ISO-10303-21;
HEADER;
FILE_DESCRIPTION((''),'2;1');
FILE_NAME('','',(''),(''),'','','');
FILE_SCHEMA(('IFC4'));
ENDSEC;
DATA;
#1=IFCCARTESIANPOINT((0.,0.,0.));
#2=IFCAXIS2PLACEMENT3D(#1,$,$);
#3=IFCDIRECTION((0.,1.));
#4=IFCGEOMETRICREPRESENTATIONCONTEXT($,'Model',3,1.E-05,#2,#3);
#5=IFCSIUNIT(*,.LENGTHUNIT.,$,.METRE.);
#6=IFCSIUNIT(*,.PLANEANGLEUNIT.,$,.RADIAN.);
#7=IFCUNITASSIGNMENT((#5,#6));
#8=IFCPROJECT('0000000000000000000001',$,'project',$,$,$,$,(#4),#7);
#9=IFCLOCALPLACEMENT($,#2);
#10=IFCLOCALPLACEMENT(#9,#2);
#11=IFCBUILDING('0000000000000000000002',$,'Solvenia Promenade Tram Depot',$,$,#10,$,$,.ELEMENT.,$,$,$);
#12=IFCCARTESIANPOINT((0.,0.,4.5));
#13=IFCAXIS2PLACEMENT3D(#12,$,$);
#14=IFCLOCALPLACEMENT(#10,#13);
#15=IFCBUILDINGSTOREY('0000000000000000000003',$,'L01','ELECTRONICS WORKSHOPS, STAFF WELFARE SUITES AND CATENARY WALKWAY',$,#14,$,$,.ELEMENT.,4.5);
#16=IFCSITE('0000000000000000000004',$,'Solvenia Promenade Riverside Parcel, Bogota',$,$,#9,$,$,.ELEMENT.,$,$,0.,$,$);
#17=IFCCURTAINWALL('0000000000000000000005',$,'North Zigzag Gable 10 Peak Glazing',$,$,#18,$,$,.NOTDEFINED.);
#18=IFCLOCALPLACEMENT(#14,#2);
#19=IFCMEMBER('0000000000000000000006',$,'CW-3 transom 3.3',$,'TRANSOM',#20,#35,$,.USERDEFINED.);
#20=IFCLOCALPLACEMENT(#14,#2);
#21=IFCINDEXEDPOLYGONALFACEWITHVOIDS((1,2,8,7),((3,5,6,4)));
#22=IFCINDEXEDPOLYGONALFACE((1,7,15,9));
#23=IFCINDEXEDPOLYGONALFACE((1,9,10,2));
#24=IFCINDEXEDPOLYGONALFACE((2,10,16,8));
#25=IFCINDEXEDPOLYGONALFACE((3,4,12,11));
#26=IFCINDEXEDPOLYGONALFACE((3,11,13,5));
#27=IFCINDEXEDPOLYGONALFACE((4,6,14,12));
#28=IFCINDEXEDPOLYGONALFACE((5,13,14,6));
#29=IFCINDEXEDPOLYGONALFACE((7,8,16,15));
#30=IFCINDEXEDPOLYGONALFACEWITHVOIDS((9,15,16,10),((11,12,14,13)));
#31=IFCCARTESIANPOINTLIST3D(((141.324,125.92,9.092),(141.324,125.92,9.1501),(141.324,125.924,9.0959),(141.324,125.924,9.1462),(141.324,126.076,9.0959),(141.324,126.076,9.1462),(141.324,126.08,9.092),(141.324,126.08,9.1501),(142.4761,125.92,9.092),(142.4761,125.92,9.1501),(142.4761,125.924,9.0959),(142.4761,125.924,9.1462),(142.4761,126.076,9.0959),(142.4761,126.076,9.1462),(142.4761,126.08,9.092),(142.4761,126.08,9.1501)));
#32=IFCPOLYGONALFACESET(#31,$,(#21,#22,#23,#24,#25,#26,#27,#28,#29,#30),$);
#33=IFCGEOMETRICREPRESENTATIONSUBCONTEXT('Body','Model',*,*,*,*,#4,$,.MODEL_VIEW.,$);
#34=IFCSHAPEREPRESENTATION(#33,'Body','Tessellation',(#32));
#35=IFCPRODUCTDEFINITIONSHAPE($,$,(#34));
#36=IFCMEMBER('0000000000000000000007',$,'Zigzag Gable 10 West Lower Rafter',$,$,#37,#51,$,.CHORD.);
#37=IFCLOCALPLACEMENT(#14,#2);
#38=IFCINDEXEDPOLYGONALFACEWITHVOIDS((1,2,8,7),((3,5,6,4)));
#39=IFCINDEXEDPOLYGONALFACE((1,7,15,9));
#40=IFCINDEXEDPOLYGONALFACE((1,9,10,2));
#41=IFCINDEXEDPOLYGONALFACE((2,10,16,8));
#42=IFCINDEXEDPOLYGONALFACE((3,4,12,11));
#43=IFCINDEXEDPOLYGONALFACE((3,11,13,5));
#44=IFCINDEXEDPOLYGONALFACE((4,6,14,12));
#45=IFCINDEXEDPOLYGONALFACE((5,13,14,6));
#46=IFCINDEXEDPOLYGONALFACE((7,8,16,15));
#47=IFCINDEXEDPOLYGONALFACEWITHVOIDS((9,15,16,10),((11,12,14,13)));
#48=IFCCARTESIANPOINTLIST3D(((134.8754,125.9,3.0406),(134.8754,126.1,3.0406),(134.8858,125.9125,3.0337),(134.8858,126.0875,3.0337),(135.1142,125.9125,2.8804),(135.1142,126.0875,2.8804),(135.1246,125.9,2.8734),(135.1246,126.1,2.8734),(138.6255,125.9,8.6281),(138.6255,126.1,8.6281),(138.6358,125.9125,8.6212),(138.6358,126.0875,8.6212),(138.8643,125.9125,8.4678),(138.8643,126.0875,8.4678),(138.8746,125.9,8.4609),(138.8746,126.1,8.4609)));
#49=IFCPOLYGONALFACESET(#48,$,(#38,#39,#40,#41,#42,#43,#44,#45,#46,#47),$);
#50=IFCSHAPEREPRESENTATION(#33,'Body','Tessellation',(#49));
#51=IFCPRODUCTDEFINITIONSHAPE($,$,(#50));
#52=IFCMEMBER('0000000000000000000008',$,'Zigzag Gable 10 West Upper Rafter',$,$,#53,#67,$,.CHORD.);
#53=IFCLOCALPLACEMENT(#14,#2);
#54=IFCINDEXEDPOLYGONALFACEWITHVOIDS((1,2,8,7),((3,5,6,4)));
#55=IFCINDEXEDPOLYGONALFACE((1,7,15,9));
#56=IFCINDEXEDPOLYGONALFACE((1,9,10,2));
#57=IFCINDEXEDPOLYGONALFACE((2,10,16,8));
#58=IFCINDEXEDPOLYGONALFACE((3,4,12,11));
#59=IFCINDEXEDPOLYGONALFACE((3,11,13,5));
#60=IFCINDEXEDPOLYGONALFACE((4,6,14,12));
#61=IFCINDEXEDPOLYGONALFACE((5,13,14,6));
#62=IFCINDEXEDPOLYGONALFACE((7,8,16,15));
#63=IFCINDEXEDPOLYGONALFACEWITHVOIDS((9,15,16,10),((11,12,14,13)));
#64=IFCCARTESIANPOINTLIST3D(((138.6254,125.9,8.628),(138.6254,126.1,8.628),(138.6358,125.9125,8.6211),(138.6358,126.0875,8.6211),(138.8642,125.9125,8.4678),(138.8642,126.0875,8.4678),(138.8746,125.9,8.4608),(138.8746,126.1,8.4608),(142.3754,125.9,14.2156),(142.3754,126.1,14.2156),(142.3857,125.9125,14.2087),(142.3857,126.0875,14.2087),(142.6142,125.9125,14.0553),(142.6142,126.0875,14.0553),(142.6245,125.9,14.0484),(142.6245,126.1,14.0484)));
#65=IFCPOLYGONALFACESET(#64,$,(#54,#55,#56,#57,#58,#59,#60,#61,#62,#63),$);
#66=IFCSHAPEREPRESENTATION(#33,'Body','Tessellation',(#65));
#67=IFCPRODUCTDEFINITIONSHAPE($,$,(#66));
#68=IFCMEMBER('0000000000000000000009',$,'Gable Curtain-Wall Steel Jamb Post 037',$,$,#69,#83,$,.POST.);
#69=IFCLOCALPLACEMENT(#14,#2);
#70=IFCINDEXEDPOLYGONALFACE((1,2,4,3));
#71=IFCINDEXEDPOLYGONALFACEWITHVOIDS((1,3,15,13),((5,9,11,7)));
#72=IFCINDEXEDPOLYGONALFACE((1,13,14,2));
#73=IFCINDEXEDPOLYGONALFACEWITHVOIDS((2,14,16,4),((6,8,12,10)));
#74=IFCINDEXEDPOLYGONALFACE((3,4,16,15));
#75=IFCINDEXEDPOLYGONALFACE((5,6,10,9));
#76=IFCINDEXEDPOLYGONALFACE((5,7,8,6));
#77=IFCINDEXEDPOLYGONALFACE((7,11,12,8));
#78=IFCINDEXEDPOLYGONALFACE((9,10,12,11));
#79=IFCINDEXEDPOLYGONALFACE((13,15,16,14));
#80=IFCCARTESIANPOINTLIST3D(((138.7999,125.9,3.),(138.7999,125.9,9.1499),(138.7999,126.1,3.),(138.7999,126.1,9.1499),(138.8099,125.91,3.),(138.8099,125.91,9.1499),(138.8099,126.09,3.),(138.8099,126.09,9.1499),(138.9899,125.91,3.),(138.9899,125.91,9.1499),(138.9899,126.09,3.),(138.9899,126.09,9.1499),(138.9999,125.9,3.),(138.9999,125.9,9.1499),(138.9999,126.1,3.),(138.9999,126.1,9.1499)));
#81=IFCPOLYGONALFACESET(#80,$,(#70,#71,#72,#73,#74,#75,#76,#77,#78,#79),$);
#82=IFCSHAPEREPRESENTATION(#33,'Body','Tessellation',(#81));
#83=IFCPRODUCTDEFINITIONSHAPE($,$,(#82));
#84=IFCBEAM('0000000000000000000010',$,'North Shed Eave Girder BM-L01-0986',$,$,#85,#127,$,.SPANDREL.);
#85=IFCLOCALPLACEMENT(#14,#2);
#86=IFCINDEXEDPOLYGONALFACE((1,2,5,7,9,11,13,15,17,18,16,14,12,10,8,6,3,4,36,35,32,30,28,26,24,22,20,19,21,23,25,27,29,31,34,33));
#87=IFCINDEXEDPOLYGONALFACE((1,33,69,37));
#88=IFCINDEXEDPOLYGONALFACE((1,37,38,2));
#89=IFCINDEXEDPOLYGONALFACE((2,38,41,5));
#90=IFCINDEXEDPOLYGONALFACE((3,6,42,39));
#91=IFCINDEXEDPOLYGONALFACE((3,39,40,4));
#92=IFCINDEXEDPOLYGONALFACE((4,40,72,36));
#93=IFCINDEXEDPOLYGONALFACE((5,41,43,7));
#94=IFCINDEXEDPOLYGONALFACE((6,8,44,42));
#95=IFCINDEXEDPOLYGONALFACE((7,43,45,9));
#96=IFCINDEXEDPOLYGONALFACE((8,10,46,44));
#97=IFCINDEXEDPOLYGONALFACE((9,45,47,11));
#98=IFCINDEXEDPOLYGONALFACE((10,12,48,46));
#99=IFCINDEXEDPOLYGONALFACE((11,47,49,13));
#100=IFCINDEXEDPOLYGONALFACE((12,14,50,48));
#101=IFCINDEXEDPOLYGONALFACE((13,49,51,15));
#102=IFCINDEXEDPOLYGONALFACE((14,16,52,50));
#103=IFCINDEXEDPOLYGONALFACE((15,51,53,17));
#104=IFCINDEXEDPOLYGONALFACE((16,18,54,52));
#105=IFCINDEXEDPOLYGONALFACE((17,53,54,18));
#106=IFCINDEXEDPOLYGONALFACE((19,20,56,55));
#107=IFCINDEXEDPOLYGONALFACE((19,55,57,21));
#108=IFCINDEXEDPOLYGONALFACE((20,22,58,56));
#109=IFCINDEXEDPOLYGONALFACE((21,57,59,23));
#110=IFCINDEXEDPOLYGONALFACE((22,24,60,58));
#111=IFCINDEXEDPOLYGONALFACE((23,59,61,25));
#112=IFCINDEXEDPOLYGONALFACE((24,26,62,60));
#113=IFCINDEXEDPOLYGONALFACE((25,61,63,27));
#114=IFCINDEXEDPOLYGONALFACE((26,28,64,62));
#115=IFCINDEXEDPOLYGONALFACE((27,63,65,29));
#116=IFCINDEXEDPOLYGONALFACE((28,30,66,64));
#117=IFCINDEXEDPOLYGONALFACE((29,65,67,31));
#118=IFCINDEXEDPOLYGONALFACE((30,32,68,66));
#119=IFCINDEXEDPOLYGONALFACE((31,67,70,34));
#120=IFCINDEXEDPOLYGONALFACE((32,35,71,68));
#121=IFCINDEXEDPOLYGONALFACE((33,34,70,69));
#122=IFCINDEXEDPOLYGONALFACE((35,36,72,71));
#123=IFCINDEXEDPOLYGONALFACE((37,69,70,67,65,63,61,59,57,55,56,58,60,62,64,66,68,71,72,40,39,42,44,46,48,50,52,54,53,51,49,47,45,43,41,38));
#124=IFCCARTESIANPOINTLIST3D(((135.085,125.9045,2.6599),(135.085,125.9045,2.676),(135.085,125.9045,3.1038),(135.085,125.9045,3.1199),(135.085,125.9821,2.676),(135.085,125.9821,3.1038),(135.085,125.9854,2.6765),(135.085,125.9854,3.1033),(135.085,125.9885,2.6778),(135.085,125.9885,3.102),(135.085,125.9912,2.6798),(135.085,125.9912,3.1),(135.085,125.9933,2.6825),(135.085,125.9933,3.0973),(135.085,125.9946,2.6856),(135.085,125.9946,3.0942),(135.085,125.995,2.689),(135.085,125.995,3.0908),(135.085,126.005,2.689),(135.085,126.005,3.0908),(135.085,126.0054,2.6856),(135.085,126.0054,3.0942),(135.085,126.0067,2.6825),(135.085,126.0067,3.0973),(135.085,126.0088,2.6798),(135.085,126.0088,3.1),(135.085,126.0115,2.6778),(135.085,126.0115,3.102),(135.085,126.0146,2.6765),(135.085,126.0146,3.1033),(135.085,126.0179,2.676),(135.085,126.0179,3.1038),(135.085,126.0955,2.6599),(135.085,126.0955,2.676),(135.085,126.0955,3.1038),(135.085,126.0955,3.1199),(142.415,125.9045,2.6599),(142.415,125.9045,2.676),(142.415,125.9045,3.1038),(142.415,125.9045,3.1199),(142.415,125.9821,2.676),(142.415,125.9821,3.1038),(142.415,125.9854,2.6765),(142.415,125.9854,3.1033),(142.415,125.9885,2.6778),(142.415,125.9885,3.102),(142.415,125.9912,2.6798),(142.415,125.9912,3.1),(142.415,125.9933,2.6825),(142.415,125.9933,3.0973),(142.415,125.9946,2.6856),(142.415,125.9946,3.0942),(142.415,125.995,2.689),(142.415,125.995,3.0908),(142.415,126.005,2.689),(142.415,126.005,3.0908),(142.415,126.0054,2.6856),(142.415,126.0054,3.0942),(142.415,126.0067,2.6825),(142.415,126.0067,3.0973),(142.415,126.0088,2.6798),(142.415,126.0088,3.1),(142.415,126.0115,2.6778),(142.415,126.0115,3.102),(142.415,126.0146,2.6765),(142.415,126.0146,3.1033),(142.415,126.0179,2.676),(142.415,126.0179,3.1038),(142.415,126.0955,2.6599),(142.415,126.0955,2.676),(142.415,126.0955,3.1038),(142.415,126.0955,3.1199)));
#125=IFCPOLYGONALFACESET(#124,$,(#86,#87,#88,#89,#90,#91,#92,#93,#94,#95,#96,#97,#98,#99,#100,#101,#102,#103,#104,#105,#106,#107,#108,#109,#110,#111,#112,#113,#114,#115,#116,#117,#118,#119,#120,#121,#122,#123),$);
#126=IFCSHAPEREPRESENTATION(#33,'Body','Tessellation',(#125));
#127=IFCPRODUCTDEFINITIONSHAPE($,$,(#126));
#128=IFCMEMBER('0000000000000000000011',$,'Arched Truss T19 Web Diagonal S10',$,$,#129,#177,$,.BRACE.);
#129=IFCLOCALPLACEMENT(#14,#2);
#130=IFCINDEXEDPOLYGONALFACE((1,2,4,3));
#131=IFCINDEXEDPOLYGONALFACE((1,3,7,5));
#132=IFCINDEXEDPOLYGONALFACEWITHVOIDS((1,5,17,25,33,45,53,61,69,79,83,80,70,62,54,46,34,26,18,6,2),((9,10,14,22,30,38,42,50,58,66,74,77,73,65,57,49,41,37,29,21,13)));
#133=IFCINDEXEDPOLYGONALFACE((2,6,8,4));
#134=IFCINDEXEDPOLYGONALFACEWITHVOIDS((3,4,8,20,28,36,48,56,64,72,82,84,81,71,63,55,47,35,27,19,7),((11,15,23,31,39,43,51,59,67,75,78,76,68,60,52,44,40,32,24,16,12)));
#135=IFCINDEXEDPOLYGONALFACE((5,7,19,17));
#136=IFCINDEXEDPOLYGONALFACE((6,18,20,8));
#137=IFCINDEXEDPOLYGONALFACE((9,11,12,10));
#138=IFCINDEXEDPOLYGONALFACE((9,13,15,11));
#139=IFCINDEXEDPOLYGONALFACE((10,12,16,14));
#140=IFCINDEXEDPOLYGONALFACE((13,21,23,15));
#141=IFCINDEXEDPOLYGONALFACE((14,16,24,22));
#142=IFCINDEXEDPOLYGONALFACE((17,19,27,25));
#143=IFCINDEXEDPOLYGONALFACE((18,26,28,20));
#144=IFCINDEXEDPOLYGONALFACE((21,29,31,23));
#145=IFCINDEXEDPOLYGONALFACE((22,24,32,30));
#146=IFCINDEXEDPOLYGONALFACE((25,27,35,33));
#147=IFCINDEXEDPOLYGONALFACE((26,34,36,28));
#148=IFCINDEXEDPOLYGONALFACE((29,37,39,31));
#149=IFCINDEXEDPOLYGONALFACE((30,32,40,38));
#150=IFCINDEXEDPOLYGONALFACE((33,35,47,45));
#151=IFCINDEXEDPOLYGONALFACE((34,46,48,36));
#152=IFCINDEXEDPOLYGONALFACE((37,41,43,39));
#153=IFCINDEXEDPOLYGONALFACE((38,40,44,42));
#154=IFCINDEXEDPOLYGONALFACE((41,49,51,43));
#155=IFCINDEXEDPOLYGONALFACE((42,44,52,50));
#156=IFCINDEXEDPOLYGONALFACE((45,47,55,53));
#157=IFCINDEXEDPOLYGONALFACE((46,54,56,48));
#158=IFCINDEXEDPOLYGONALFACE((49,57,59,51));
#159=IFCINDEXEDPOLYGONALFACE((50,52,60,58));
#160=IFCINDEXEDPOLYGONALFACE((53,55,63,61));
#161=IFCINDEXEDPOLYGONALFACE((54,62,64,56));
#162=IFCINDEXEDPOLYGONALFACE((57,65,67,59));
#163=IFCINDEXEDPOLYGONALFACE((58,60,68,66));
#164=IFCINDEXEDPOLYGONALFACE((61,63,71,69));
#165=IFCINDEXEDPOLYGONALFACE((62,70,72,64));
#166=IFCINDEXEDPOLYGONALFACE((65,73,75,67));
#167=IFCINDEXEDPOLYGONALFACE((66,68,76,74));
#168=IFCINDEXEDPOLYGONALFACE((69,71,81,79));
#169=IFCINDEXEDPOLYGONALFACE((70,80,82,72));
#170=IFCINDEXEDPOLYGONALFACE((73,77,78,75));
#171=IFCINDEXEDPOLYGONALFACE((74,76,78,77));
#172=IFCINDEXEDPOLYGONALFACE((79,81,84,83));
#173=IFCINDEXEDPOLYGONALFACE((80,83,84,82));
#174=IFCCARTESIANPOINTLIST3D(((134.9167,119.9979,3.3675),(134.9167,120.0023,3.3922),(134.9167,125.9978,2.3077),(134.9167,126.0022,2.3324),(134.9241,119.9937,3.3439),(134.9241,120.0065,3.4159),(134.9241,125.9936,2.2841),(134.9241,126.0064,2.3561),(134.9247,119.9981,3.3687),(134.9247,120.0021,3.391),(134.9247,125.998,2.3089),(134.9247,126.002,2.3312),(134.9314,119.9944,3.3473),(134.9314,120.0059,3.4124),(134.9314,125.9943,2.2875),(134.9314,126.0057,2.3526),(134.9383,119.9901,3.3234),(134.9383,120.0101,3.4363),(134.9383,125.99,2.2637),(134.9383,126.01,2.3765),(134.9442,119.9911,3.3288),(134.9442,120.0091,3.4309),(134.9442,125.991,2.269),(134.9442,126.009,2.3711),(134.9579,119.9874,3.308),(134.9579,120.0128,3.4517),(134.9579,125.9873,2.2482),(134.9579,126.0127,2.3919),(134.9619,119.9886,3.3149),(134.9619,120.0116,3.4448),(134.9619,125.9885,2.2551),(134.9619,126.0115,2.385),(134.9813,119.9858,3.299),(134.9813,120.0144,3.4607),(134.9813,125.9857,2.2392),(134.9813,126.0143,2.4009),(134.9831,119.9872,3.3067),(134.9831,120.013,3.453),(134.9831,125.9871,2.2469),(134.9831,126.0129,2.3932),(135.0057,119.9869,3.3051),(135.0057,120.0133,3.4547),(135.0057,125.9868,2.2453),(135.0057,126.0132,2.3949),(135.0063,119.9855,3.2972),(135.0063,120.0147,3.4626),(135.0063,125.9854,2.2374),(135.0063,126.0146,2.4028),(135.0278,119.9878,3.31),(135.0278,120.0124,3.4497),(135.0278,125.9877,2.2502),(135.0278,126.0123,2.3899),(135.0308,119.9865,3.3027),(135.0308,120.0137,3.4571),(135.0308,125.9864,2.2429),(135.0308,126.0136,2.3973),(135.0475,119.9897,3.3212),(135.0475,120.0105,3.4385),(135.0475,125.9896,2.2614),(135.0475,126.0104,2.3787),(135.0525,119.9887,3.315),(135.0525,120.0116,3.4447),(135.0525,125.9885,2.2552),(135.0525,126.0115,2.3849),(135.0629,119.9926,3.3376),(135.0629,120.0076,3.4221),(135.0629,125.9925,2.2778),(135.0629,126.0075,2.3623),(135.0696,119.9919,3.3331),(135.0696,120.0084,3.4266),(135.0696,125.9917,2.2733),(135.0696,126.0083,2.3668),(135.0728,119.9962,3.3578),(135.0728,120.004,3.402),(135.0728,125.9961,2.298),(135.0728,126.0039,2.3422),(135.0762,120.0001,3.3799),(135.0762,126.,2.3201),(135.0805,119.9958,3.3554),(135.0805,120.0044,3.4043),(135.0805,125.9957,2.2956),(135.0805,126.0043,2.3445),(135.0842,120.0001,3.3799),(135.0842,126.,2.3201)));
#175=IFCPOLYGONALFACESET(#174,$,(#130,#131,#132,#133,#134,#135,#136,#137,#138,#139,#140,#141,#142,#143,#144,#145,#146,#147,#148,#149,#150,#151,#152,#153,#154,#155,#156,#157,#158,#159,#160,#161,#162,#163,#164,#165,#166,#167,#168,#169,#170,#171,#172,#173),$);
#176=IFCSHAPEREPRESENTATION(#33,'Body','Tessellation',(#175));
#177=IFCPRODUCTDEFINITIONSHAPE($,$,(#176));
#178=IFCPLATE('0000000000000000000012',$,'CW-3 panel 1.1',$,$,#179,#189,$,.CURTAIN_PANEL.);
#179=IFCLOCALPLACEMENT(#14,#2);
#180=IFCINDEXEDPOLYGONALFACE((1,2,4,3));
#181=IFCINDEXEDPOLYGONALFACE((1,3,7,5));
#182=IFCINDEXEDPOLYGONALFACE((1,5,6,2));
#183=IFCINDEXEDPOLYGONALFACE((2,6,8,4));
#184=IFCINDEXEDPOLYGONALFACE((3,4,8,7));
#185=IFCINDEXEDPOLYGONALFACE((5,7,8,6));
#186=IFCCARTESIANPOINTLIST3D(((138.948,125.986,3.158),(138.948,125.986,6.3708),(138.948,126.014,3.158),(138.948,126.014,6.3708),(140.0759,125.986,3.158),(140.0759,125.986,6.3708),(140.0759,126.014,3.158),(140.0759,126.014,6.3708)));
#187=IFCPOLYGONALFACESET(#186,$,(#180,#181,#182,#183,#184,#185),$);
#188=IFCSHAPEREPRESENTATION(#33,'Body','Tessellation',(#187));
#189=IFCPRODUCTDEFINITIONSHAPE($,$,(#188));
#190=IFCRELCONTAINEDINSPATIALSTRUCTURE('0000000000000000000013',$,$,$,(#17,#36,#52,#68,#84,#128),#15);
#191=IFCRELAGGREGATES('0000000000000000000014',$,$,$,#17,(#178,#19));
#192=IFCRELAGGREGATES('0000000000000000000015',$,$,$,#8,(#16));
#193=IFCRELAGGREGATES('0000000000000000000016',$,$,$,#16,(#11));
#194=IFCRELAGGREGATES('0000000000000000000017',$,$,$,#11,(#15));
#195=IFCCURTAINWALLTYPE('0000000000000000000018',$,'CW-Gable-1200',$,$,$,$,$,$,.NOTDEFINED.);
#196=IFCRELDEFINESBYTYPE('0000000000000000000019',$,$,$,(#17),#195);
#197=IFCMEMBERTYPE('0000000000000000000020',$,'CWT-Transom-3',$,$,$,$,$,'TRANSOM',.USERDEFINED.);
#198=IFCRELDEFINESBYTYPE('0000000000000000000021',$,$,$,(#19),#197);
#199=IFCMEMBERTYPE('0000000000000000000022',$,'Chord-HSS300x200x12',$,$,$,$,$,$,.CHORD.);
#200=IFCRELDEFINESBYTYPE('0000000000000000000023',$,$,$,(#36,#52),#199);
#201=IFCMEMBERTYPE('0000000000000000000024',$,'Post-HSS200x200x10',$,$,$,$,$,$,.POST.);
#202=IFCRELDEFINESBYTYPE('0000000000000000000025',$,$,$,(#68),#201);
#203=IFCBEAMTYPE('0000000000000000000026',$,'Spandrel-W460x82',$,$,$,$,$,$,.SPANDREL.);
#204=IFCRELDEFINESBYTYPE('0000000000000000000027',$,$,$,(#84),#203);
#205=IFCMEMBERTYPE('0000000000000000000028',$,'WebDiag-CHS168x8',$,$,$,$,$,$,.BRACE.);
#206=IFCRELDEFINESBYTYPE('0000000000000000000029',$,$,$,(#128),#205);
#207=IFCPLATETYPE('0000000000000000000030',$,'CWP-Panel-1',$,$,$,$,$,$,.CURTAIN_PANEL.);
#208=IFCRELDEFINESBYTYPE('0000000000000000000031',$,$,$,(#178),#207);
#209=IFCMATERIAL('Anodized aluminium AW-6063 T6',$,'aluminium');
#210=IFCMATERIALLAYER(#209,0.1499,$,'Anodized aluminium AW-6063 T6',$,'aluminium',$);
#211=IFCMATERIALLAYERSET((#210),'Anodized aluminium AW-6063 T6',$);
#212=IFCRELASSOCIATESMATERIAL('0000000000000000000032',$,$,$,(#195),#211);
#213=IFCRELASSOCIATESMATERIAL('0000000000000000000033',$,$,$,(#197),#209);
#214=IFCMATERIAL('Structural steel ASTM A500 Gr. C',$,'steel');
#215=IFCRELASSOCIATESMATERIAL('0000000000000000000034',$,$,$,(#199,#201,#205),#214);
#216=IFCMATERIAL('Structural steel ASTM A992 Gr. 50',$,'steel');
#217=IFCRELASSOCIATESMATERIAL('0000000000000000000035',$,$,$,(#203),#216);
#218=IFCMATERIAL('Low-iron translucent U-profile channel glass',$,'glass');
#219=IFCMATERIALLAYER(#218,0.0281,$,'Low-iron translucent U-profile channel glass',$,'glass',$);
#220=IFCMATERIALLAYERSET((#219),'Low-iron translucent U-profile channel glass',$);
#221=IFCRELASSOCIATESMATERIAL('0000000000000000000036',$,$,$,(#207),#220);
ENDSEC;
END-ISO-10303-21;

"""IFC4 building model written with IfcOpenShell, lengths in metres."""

from ifc_helpers import new_model, si_unit, direction, frame, origin, origin_2d, place, context, subcontext, project, spatial, rectangle, hollow_rectangle, hollow_circle, i_section, extrude, material, layer, layer_set, material_profile, profile_set, type_object, element, aggregate, save


model = new_model("IFC4")

# Units and contexts
model_context = context("Model", 3, precision=1e-05, world=origin(), true_north=direction((0.0, 1.0)))
body_context = subcontext(model_context, "Body", "Model", "MODEL_VIEW")
ifc_project = project(units=[si_unit("LENGTHUNIT", "METRE"), si_unit("PLANEANGLEUNIT", "RADIAN")], contexts=[model_context])

# Site, building, storey
site_placement = place(None, origin())
site = spatial("IfcSite", under=ifc_project, at=site_placement, Name="Solvenia Promenade Riverside Parcel, Bogota", CompositionType="ELEMENT", RefElevation=0.0)
building_placement = place(site_placement, origin())
building = spatial("IfcBuilding", under=site, at=building_placement, Name="Solvenia Promenade Tram Depot", CompositionType="ELEMENT")
storey_placement = place(building_placement, frame((0.0, 0.0, 4.5)))
storey = spatial("IfcBuildingStorey", under=building, at=storey_placement, Name="L01", Description="ELECTRONICS WORKSHOPS, STAFF WELFARE SUITES AND CATENARY WALKWAY", CompositionType="ELEMENT", Elevation=4.5)

# Curtain wall, member
ifc_material_1 = material(Name="Anodized aluminium AW-6063 T6", Category="aluminium")
ifc_layer_1 = layer(ifc_material_1, 0.1499, Name="Anodized aluminium AW-6063 T6", Category="aluminium")
ifc_layer_set_1 = layer_set([ifc_layer_1], Name="Anodized aluminium AW-6063 T6")
curtain_wall_type = type_object("IfcCurtainWallType", Name="CW-Gable-1200", PredefinedType="NOTDEFINED", material=ifc_layer_set_1)
curtain_wall_placement = place(storey_placement, origin())
curtain_wall = element("IfcCurtainWall", 1, at=curtain_wall_placement, inside=storey, type_object=curtain_wall_type, Name="North Zigzag Gable 10 Peak Glazing", PredefinedType="NOTDEFINED")
ifc_material_profile_1 = material_profile(ifc_material_1, hollow_rectangle(XDim=0.1599, YDim=0.0581, WallThickness=0.0039, at=origin_2d()), Name="ALU-T3", Category="aluminium")
ifc_profile_set_1 = profile_set([ifc_material_profile_1], Name="Anodized aluminium AW-6063 T6")
member_type_1 = type_object("IfcMemberType", Name="CWT-Transom-3", ElementType="TRANSOM", PredefinedType="USERDEFINED", material=ifc_profile_set_1)
member_1_placement = place(storey_placement, frame((141.324, 126.0, 9.1211), z_axis=(1.0, 0.0, 0.0), x_axis=(0.0, 1.0, 0.0)))
member_1 = element("IfcMember", 2, at=member_1_placement, type_object=member_type_1, Name="CW-3 transom 3.3", ObjectType="TRANSOM", PredefinedType="USERDEFINED", context=body_context, shape_type="SweptSolid", body=[
    extrude(hollow_rectangle(XDim=0.1599, YDim=0.0581, WallThickness=0.0039, at=origin_2d()), origin(), (0.0, 0.0, 1.0), 1.1521),
])

# Members
ifc_material_2 = material(Name="Structural steel ASTM A500 Gr. C", Category="steel")
ifc_material_profile_2 = material_profile(ifc_material_2, hollow_rectangle(XDim=0.2, YDim=0.3, WallThickness=0.0125, at=origin_2d()), Name="HSS300x200x12.5", Category="steel")
ifc_profile_set_2 = profile_set([ifc_material_profile_2], Name="Structural steel ASTM A500 Gr. C")
member_type_2 = type_object("IfcMemberType", Name="Chord-HSS300x200x12", PredefinedType="CHORD", material=ifc_profile_set_2)
for number, where, z_axis, x_axis, name in (
    (3, (135.0, 126.0, 2.957), (0.557276, 0.0, 0.830327), (0.0, 1.0, 0.0), "Zigzag Gable 10 West Lower Rafter"),
    (4, (138.75, 126.0, 8.5444), (0.557259, 0.0, 0.830338), (0.0, 1.0, 0.0), "Zigzag Gable 10 West Upper Rafter"),
):
    element("IfcMember", number, at=place(storey_placement, frame(where, z_axis=z_axis, x_axis=x_axis)), inside=storey, type_object=member_type_2, Name=name, PredefinedType="CHORD", context=body_context, shape_type="SweptSolid", body=[
        extrude(hollow_rectangle(XDim=0.2, YDim=0.3, WallThickness=0.0125, at=origin_2d()), origin(), (0.0, 0.0, 1.0), 6.7292),
    ])
ifc_material_profile_3 = material_profile(ifc_material_2, hollow_rectangle(XDim=0.2, YDim=0.2, WallThickness=0.01, at=origin_2d()), Name="HSS200x200x10", Category="steel")
ifc_profile_set_3 = profile_set([ifc_material_profile_3], Name="Structural steel ASTM A500 Gr. C")
member_type_3 = type_object("IfcMemberType", Name="Post-HSS200x200x10", PredefinedType="POST", material=ifc_profile_set_3)
member_2_placement = place(storey_placement, frame((138.8999, 126.0, 3.0), z_axis=(0.0, 0.0, 1.0), x_axis=(1.0, 0.0, 0.0)))
element("IfcMember", 5, at=member_2_placement, inside=storey, type_object=member_type_3, Name="Gable Curtain-Wall Steel Jamb Post 037", PredefinedType="POST", context=body_context, shape_type="SweptSolid", body=[
    extrude(hollow_rectangle(XDim=0.2, YDim=0.2, WallThickness=0.01, at=origin_2d()), origin(), (0.0, 0.0, 1.0), 6.1499),
])

# Beam
ifc_material_3 = material(Name="Structural steel ASTM A992 Gr. 50", Category="steel")
ifc_material_profile_4 = material_profile(ifc_material_3, i_section(OverallWidth=0.1909, OverallDepth=0.46, WebThickness=0.01, FlangeThickness=0.0161, FilletRadius=0.0129, at=origin_2d()), Name="W460x82", Category="steel")
ifc_profile_set_4 = profile_set([ifc_material_profile_4], Name="Structural steel ASTM A992 Gr. 50")
beam_type = type_object("IfcBeamType", Name="Spandrel-W460x82", PredefinedType="SPANDREL", material=ifc_profile_set_4)
beam_placement = place(storey_placement, frame((135.085, 126.0, 2.8899), z_axis=(1.0, 0.0, 0.0), x_axis=(0.0, 1.0, 0.0)))
element("IfcBeam", 6, at=beam_placement, inside=storey, type_object=beam_type, Name="North Shed Eave Girder BM-L01-0986", PredefinedType="SPANDREL", context=body_context, shape_type="SweptSolid", body=[
    extrude(i_section(OverallWidth=0.1909, OverallDepth=0.46, WebThickness=0.01, FlangeThickness=0.0161, FilletRadius=0.0129, at=origin_2d()), origin(), (0.0, 0.0, 1.0), 7.3301),
])

# Member
ifc_material_profile_5 = material_profile(ifc_material_2, hollow_circle(Radius=0.0842, WallThickness=0.0081, at=origin_2d()), Name="CHS168.3x8", Category="steel")
ifc_profile_set_5 = profile_set([ifc_material_profile_5], Name="Structural steel ASTM A500 Gr. C")
member_type_4 = type_object("IfcMemberType", Name="WebDiag-CHS168x8", PredefinedType="BRACE", material=ifc_profile_set_5)
member_3_placement = place(storey_placement, frame((135.0, 126.0, 2.3201), z_axis=(0.0, -0.984756, 0.173943), x_axis=(1.0, 0.0, 0.0)))
element("IfcMember", 7, at=member_3_placement, inside=storey, type_object=member_type_4, Name="Arched Truss T19 Web Diagonal S10", PredefinedType="BRACE", context=body_context, shape_type="SweptSolid", body=[
    extrude(hollow_circle(Radius=0.0842, WallThickness=0.0081, at=origin_2d()), origin(), (0.0, 0.0, 1.0), 6.0928),
])

# Plate
ifc_material_4 = material(Name="Low-iron translucent U-profile channel glass", Category="glass")
ifc_layer_2 = layer(ifc_material_4, 0.0281, Name="Low-iron translucent U-profile channel glass", Category="glass")
ifc_layer_set_2 = layer_set([ifc_layer_2], Name="Low-iron translucent U-profile channel glass")
plate_type_1 = type_object("IfcPlateType", Name="CWP-Panel-1", PredefinedType="CURTAIN_PANEL", material=ifc_layer_set_2)
plate_1_placement = place(storey_placement, frame((139.512, 126.0, 3.158), z_axis=(0.0, 0.0, 1.0), x_axis=(1.0, 0.0, 0.0)))
plate_1 = element("IfcPlate", 8, at=plate_1_placement, type_object=plate_type_1, Name="CW-3 panel 1.1", PredefinedType="CURTAIN_PANEL", context=body_context, shape_type="SweptSolid", body=[
    extrude(rectangle(XDim=1.1279, YDim=0.0281, at=origin_2d()), origin(), (0.0, 0.0, 1.0), 3.2129),
])
aggregate(curtain_wall, [plate_1, member_1])

save(model, "model.ifc")
